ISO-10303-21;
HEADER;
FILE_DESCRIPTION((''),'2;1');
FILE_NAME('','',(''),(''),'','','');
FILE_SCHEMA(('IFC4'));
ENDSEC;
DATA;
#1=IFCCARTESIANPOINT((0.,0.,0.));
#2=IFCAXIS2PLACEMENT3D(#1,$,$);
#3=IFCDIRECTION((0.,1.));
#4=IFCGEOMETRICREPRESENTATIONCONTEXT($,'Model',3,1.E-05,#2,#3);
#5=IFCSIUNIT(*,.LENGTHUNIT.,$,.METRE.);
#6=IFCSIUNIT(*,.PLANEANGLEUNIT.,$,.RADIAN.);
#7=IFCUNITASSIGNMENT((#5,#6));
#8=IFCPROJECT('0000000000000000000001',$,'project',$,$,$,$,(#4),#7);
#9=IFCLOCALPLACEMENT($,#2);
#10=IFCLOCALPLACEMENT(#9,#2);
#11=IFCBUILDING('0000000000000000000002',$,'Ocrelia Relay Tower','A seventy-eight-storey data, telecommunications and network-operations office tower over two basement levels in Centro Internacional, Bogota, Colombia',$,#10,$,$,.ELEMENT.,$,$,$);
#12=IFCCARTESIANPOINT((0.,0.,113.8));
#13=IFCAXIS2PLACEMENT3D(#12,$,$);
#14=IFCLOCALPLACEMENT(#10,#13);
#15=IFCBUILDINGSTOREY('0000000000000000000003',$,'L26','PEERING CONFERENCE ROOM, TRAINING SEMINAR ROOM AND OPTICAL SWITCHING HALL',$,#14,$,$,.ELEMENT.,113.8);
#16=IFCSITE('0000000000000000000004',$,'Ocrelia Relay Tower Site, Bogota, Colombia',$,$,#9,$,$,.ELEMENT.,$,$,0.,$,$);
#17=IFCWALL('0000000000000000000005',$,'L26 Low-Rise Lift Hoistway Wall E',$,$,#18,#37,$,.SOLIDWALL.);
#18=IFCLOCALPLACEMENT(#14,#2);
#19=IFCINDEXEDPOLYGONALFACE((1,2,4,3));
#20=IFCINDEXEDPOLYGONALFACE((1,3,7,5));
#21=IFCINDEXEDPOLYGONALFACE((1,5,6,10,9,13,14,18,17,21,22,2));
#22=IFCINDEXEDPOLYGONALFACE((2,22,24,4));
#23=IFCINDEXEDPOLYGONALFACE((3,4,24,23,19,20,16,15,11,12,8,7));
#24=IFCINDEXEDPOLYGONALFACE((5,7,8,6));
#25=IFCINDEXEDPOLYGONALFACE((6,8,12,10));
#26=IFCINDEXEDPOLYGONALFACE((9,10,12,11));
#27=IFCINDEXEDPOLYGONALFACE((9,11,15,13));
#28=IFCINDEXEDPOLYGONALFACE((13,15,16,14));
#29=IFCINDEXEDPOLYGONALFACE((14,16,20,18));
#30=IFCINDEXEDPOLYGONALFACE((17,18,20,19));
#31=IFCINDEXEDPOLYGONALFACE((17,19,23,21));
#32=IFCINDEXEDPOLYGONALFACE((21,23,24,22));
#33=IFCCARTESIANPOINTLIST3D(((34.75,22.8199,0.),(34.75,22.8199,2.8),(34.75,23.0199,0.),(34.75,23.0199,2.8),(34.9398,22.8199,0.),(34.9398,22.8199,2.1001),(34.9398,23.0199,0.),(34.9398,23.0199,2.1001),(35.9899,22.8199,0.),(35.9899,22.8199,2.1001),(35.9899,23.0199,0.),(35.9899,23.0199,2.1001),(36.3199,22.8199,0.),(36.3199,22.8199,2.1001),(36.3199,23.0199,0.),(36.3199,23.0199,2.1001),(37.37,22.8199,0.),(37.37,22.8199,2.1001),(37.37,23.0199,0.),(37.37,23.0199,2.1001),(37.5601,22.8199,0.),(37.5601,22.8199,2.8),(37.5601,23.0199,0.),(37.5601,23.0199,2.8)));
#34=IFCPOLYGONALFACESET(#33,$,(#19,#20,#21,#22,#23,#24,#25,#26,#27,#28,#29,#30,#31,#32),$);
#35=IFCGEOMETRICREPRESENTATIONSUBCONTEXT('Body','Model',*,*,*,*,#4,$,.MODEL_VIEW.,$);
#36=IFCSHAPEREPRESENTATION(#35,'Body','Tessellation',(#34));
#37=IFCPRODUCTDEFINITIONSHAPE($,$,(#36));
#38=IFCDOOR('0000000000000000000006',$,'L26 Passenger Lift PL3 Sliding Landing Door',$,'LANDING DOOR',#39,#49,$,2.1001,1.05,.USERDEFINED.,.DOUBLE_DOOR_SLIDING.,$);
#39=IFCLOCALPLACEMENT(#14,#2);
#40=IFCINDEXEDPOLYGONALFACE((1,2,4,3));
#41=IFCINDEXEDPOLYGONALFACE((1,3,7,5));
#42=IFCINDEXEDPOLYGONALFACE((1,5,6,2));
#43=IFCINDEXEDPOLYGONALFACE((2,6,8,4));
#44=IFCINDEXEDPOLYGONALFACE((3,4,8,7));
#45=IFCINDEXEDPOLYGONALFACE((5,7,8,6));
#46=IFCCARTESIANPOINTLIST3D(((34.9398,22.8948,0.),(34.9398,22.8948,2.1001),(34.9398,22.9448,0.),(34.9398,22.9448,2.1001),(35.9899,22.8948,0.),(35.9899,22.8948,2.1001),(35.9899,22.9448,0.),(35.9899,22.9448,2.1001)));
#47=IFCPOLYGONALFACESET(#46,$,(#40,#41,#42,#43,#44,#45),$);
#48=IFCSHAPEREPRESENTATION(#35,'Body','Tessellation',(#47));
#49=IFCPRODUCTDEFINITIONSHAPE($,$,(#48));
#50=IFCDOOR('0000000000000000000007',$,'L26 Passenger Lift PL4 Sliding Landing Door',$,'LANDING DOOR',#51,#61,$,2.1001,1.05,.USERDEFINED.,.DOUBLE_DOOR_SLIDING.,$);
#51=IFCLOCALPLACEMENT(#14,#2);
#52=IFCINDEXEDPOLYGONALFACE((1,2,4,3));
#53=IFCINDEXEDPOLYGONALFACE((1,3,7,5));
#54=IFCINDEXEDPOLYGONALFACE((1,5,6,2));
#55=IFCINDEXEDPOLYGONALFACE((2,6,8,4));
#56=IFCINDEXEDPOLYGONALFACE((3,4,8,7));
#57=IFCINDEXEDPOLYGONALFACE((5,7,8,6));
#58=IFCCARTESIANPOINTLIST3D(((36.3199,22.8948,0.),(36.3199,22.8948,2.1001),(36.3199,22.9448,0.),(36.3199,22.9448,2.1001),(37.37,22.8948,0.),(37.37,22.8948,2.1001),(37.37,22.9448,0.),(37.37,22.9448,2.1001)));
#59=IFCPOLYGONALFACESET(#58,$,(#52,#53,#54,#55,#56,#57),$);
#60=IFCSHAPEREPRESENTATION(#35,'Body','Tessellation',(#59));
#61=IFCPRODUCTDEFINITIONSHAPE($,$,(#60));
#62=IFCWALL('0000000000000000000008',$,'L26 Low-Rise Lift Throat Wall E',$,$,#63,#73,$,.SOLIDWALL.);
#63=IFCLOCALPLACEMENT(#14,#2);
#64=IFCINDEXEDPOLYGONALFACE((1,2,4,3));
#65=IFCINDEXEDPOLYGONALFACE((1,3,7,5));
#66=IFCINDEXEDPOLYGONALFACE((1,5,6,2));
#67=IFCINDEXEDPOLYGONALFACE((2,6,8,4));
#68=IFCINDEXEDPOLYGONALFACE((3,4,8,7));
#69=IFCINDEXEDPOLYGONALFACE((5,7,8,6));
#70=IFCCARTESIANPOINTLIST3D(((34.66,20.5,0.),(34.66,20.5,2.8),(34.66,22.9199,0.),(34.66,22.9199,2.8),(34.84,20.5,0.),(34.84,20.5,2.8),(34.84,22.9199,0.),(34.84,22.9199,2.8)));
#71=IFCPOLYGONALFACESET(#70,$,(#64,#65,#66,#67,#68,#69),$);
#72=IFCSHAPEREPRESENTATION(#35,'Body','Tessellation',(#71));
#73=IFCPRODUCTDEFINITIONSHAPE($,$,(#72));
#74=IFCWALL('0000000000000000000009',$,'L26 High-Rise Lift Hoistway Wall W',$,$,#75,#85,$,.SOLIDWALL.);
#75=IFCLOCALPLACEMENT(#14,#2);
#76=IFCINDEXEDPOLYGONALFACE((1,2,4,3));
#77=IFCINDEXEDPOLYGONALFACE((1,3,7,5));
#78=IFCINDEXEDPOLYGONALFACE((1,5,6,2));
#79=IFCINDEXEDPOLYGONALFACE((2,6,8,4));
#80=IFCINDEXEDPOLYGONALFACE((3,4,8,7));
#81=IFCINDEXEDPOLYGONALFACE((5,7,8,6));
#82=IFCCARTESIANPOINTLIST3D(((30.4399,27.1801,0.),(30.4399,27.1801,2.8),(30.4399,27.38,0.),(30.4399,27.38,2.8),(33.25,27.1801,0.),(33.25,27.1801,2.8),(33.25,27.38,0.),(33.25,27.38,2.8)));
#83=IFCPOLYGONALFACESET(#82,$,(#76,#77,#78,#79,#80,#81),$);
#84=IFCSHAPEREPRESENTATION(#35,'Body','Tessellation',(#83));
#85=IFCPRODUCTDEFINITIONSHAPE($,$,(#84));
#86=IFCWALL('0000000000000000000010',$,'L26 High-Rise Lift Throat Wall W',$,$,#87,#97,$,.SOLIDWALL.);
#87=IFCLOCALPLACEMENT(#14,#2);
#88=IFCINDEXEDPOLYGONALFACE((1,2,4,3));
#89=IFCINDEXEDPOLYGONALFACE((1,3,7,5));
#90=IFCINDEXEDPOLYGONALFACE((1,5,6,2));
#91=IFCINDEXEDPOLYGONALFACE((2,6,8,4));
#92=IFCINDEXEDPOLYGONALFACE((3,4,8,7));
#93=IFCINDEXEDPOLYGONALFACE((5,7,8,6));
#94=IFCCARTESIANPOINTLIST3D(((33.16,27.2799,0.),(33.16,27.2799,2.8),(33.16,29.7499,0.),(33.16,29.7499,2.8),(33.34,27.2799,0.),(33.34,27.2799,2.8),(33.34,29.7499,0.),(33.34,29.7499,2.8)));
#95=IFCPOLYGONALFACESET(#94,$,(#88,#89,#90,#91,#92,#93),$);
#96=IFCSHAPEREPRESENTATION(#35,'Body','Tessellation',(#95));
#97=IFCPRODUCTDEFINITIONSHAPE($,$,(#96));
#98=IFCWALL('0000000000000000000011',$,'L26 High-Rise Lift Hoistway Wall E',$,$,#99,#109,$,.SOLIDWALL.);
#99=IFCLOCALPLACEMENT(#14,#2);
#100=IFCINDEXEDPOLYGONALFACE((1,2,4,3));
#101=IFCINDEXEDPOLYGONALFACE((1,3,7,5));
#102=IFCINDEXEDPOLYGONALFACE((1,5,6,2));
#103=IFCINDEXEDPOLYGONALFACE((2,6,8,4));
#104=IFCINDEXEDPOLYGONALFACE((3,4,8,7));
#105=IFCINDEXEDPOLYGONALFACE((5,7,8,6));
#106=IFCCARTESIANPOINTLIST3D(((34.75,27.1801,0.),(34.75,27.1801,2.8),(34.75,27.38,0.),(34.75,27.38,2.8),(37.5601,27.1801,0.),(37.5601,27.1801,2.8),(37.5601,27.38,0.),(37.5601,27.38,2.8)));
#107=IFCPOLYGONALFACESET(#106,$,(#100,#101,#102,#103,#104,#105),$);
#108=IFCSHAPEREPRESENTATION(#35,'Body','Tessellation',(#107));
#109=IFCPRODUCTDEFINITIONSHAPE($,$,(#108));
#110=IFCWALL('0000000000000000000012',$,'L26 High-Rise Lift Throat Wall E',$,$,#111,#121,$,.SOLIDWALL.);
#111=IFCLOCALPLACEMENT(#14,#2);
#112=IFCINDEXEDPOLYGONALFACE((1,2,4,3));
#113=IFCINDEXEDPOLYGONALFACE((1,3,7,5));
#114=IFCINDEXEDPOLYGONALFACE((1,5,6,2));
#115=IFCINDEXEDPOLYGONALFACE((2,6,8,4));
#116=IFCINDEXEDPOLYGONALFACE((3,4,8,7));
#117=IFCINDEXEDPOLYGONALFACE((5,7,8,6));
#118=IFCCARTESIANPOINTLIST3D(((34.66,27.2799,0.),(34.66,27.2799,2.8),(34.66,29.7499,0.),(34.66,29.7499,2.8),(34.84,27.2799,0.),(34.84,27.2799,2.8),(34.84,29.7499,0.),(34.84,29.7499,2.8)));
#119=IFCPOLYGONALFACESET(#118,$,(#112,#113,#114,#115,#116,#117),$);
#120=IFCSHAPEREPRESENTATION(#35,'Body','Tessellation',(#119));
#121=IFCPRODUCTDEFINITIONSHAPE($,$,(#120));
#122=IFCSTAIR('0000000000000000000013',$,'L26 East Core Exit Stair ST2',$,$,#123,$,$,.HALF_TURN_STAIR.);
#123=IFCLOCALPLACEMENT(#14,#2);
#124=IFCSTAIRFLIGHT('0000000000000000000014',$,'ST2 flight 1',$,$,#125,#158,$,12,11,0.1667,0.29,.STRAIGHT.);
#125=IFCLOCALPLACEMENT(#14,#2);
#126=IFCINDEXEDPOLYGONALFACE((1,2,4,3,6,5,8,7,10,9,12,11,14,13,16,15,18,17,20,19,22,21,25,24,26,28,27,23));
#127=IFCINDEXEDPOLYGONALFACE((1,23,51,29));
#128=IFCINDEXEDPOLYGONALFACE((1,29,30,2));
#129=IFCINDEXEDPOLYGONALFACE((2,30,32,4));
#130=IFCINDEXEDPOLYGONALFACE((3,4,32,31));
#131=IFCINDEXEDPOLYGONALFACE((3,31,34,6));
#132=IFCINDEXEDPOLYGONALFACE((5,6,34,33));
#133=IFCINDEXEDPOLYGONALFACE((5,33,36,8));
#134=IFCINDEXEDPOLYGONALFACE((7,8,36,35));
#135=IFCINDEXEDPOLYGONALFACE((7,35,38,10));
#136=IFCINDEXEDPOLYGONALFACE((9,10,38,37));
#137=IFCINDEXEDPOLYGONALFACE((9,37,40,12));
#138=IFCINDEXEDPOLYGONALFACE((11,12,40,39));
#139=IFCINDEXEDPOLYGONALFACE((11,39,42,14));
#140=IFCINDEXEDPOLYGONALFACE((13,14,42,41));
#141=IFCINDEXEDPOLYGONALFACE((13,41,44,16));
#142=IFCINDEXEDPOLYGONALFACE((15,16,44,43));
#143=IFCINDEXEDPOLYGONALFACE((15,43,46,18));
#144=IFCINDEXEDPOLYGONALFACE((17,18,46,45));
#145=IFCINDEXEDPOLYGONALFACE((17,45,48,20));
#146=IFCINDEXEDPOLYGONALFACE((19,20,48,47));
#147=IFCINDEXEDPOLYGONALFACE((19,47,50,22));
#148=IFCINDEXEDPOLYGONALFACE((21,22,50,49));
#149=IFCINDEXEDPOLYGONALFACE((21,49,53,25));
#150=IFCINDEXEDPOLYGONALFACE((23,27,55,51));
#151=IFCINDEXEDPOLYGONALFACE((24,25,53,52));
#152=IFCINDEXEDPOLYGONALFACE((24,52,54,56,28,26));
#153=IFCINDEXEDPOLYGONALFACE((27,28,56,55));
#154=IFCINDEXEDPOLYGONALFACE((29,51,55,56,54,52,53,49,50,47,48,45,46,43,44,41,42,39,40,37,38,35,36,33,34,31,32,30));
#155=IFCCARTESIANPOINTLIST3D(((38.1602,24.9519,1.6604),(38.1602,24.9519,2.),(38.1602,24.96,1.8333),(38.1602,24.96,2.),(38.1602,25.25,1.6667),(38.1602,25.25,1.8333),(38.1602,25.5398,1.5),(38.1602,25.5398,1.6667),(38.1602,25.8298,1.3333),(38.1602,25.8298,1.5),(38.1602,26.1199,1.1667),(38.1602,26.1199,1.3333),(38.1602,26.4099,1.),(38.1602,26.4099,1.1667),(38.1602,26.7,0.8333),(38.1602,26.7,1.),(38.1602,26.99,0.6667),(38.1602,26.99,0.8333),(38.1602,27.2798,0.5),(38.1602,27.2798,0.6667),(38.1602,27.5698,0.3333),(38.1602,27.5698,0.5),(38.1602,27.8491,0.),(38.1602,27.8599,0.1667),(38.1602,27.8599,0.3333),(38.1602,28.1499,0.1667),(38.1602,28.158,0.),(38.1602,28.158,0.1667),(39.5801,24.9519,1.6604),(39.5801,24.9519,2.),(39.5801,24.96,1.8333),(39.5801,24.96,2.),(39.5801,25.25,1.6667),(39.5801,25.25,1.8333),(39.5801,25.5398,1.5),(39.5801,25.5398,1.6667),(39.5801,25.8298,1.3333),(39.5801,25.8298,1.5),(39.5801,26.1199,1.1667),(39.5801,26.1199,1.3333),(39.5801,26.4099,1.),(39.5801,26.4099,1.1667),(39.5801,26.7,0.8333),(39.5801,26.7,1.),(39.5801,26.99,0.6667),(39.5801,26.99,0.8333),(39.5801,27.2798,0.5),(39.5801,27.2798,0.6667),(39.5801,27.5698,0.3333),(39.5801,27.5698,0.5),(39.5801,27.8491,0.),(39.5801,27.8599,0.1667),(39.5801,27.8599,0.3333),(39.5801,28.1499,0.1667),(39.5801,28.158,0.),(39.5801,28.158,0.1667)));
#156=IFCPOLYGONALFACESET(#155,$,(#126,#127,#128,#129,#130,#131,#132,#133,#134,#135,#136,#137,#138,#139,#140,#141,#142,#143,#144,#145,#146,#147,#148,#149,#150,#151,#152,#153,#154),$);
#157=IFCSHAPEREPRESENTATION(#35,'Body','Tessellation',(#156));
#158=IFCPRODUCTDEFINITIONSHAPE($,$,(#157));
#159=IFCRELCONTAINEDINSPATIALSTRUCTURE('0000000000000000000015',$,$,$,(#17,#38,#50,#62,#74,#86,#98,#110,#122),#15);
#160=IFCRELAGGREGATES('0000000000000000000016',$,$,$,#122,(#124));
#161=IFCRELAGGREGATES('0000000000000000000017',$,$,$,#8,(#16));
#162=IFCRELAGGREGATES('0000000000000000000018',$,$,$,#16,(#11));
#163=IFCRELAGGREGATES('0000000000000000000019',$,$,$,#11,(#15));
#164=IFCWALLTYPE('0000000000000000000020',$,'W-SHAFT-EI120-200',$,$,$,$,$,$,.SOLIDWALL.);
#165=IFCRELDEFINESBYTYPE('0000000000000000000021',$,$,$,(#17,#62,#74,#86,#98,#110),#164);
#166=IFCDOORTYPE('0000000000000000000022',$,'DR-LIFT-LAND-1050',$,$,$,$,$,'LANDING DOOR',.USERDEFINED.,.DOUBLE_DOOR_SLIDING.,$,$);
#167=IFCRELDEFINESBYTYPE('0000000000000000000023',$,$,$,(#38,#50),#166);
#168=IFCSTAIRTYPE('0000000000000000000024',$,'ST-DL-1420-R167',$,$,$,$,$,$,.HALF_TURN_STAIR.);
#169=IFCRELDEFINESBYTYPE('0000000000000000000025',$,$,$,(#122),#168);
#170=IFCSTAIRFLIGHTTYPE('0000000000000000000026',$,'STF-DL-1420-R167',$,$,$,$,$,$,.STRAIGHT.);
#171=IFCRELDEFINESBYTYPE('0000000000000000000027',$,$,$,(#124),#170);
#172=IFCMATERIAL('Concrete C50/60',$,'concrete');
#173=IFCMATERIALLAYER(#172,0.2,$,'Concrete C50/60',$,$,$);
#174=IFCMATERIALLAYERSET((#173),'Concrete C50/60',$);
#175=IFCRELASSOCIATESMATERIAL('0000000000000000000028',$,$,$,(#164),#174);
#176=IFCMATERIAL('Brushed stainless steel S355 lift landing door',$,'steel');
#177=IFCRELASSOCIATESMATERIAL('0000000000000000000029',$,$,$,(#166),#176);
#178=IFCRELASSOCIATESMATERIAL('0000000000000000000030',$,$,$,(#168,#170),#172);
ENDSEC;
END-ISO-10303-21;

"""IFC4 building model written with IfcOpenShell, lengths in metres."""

from ifc_helpers import new_model, si_unit, direction, frame, frame_2d, origin, place, context, subcontext, project, spatial, polyline, rectangle, outline, extrude, material, layer, layer_set, type_object, element, fill, aggregate, save


model = new_model("IFC4")

# Units and contexts
model_context = context("Model", 3, precision=1e-05, world=origin(), true_north=direction((0.0, 1.0)))
body_context = subcontext(model_context, "Body", "Model", "MODEL_VIEW")
ifc_project = project(units=[si_unit("LENGTHUNIT", "METRE"), si_unit("PLANEANGLEUNIT", "RADIAN")], contexts=[model_context])

# Site, building, storey
site_placement = place(None, origin())
site = spatial("IfcSite", under=ifc_project, at=site_placement, Name="Ocrelia Relay Tower Site, Bogota, Colombia", CompositionType="ELEMENT", RefElevation=0.0)
building_placement = place(site_placement, origin())
building = spatial("IfcBuilding", under=site, at=building_placement, Name="Ocrelia Relay Tower", Description="A seventy-eight-storey data, telecommunications and network-operations office tower over two basement levels in Centro Internacional, Bogota, Colombia", CompositionType="ELEMENT")
storey_placement = place(building_placement, frame((0.0, 0.0, 113.8)))
storey = spatial("IfcBuildingStorey", under=building, at=storey_placement, Name="L26", Description="PEERING CONFERENCE ROOM, TRAINING SEMINAR ROOM AND OPTICAL SWITCHING HALL", CompositionType="ELEMENT", Elevation=113.8)

# Shared definitions
ifc_material_1 = material(Name="Concrete C50/60", Category="concrete")
ifc_layer_1 = layer(ifc_material_1, 0.2, Name="Concrete C50/60")
ifc_layer_set_1 = layer_set([ifc_layer_1], Name="Concrete C50/60")
wall_type_1 = type_object("IfcWallType", Name="W-SHAFT-EI120-200", PredefinedType="SOLIDWALL", material=ifc_layer_set_1)
ifc_material_2 = material(Name="Brushed stainless steel S355 lift landing door", Category="steel")
door_type = type_object("IfcDoorType", Name="DR-LIFT-LAND-1050", ElementType="LANDING DOOR", OperationType="DOUBLE_DOOR_SLIDING", PredefinedType="USERDEFINED", material=ifc_material_2)

# Wall, openings, doors
wall_1_placement = place(storey_placement, frame((34.75, 22.9199, 0.0), z_axis=(0.0, 0.0, 1.0), x_axis=(1.0, 0.0, 0.0)))
wall_1 = element("IfcWall", 1, at=wall_1_placement, inside=storey, type_object=wall_type_1, Name="L26 Low-Rise Lift Hoistway Wall E", PredefinedType="SOLIDWALL", context=body_context, shape_type="SweptSolid", body=[
    extrude(rectangle(XDim=2.8101, YDim=0.2, at=frame_2d((1.405, 0.0))), origin(), (0.0, 0.0, 1.0), 2.8),
])
opening_1_placement = place(wall_1_placement, frame((0.1899, 0.0, 0.0)))
opening_1 = element("IfcOpeningElement", 2, at=opening_1_placement, cuts=wall_1, PredefinedType="OPENING", context=body_context, shape_type="SweptSolid", body=[
    extrude(rectangle(XDim=1.05, YDim=2.1001, at=frame_2d((0.5249, 1.05))), frame((0.0, 0.1099, 0.0), z_axis=(0.0, -1.0, 0.0), x_axis=(1.0, 0.0, 0.0)), (0.0, 0.0, 1.0), 0.22),
])
opening_2_placement = place(wall_1_placement, frame((1.5701, 0.0, 0.0)))
opening_2 = element("IfcOpeningElement", 3, at=opening_2_placement, cuts=wall_1, PredefinedType="OPENING", context=body_context, shape_type="SweptSolid", body=[
    extrude(rectangle(XDim=1.05, YDim=2.1001, at=frame_2d((0.5249, 1.05))), frame((0.0, 0.1099, 0.0), z_axis=(0.0, -1.0, 0.0), x_axis=(1.0, 0.0, 0.0)), (0.0, 0.0, 1.0), 0.22),
])
door_1_placement = place(opening_1_placement, origin())
door_1 = element("IfcDoor", 4, at=door_1_placement, inside=storey, type_object=door_type, Name="L26 Passenger Lift PL3 Sliding Landing Door", ObjectType="LANDING DOOR", OperationType="DOUBLE_DOOR_SLIDING", OverallHeight=2.1001, OverallWidth=1.05, PredefinedType="USERDEFINED", context=body_context, shape_type="SweptSolid", body=[
    extrude(rectangle(XDim=1.05, YDim=2.1001, at=frame_2d((0.5249, 1.05))), frame((0.0, 0.0249, 0.0), z_axis=(0.0, -1.0, 0.0), x_axis=(1.0, 0.0, 0.0)), (0.0, 0.0, 1.0), 0.05),
])
fill(opening_1, door_1)
door_2_placement = place(opening_2_placement, origin())
door_2 = element("IfcDoor", 5, at=door_2_placement, inside=storey, type_object=door_type, Name="L26 Passenger Lift PL4 Sliding Landing Door", ObjectType="LANDING DOOR", OperationType="DOUBLE_DOOR_SLIDING", OverallHeight=2.1001, OverallWidth=1.05, PredefinedType="USERDEFINED", context=body_context, shape_type="SweptSolid", body=[
    extrude(rectangle(XDim=1.05, YDim=2.1001, at=frame_2d((0.5249, 1.05))), frame((0.0, 0.0249, 0.0), z_axis=(0.0, -1.0, 0.0), x_axis=(1.0, 0.0, 0.0)), (0.0, 0.0, 1.0), 0.05),
])
fill(opening_2, door_2)

# Walls
wall_2_placement = place(storey_placement, frame((34.75, 20.5, 0.0), z_axis=(0.0, 0.0, 1.0), x_axis=(0.0, 1.0, 0.0)))
element("IfcWall", 6, at=wall_2_placement, inside=storey, type_object=wall_type_1, Name="L26 Low-Rise Lift Throat Wall E", PredefinedType="SOLIDWALL", context=body_context, shape_type="SweptSolid", body=[
    extrude(rectangle(XDim=2.4199, YDim=0.1799, at=frame_2d((1.21, 0.0))), origin(), (0.0, 0.0, 1.0), 2.8),
])
wall_3_placement = place(storey_placement, frame((30.4399, 27.28, 0.0), z_axis=(0.0, 0.0, 1.0), x_axis=(1.0, 0.0, 0.0)))
element("IfcWall", 7, at=wall_3_placement, inside=storey, type_object=wall_type_1, Name="L26 High-Rise Lift Hoistway Wall W", PredefinedType="SOLIDWALL", context=body_context, shape_type="SweptSolid", body=[
    extrude(rectangle(XDim=2.8101, YDim=0.2, at=frame_2d((1.405, 0.0))), origin(), (0.0, 0.0, 1.0), 2.8),
])
wall_4_placement = place(storey_placement, frame((33.25, 27.28, 0.0), z_axis=(0.0, 0.0, 1.0), x_axis=(0.0, 1.0, 0.0)))
element("IfcWall", 8, at=wall_4_placement, inside=storey, type_object=wall_type_1, Name="L26 High-Rise Lift Throat Wall W", PredefinedType="SOLIDWALL", context=body_context, shape_type="SweptSolid", body=[
    extrude(rectangle(XDim=2.47, YDim=0.1799, at=frame_2d((1.2349, 0.0))), origin(), (0.0, 0.0, 1.0), 2.8),
])
wall_5_placement = place(storey_placement, frame((34.75, 27.28, 0.0), z_axis=(0.0, 0.0, 1.0), x_axis=(1.0, 0.0, 0.0)))
element("IfcWall", 9, at=wall_5_placement, inside=storey, type_object=wall_type_1, Name="L26 High-Rise Lift Hoistway Wall E", PredefinedType="SOLIDWALL", context=body_context, shape_type="SweptSolid", body=[
    extrude(rectangle(XDim=2.8101, YDim=0.2, at=frame_2d((1.405, 0.0))), origin(), (0.0, 0.0, 1.0), 2.8),
])
wall_6_placement = place(storey_placement, frame((34.75, 27.28, 0.0), z_axis=(0.0, 0.0, 1.0), x_axis=(0.0, 1.0, 0.0)))
element("IfcWall", 10, at=wall_6_placement, inside=storey, type_object=wall_type_1, Name="L26 High-Rise Lift Throat Wall E", PredefinedType="SOLIDWALL", context=body_context, shape_type="SweptSolid", body=[
    extrude(rectangle(XDim=2.47, YDim=0.1799, at=frame_2d((1.2349, 0.0))), origin(), (0.0, 0.0, 1.0), 2.8),
])

# Stair, stair flight
stair_type = type_object("IfcStairType", Name="ST-DL-1420-R167", PredefinedType="HALF_TURN_STAIR", material=ifc_material_1)
stair_placement = place(storey_placement, origin())
stair = element("IfcStair", 11, at=stair_placement, inside=storey, type_object=stair_type, Name="L26 East Core Exit Stair ST2", PredefinedType="HALF_TURN_STAIR")
stair_flight_type = type_object("IfcStairFlightType", Name="STF-DL-1420-R167", PredefinedType="STRAIGHT", material=ifc_material_1)
stair_flight_1_placement = place(storey_placement, frame((38.8701, 28.1499, 0.0), z_axis=(0.0, 0.0, 1.0), x_axis=(0.0, -1.0, 0.0)))
stair_flight_1 = element("IfcStairFlight", 12, at=stair_flight_1_placement, type_object=stair_flight_type, Name="ST2 flight 1", NumberOfRisers=12, NumberOfTreads=11, PredefinedType="STRAIGHT", RiserHeight=0.1667, TreadLength=0.29, context=body_context, shape_type="SweptSolid", body=[
    extrude(outline(polyline([(-0.0081, 0.0), (-0.0081, 0.1667), (0.0, 0.1667), (0.29, 0.1667), (0.29, 0.3333), (0.5801, 0.3333), (0.5801, 0.5), (0.8701, 0.5), (0.8701, 0.6667), (1.1599, 0.6667), (1.1599, 0.8333), (1.45, 0.8333), (1.45, 1.0), (1.74, 1.0), (1.74, 1.1667), (2.03, 1.1667), (2.03, 1.3333), (2.3201, 1.3333), (2.3201, 1.5), (2.6101, 1.5), (2.6101, 1.6667), (2.8999, 1.6667), (2.8999, 1.8333), (3.1899, 1.8333), (3.1899, 2.0), (3.198, 2.0), (3.198, 1.6604), (0.3008, 0.0), (-0.0081, 0.0)])), frame((0.0, 0.71, 0.0), z_axis=(0.0, -1.0, 0.0), x_axis=(1.0, 0.0, 0.0)), (0.0, 0.0, 1.0), 1.4199),
])
aggregate(stair, [stair_flight_1])

save(model, "model.ifc")
